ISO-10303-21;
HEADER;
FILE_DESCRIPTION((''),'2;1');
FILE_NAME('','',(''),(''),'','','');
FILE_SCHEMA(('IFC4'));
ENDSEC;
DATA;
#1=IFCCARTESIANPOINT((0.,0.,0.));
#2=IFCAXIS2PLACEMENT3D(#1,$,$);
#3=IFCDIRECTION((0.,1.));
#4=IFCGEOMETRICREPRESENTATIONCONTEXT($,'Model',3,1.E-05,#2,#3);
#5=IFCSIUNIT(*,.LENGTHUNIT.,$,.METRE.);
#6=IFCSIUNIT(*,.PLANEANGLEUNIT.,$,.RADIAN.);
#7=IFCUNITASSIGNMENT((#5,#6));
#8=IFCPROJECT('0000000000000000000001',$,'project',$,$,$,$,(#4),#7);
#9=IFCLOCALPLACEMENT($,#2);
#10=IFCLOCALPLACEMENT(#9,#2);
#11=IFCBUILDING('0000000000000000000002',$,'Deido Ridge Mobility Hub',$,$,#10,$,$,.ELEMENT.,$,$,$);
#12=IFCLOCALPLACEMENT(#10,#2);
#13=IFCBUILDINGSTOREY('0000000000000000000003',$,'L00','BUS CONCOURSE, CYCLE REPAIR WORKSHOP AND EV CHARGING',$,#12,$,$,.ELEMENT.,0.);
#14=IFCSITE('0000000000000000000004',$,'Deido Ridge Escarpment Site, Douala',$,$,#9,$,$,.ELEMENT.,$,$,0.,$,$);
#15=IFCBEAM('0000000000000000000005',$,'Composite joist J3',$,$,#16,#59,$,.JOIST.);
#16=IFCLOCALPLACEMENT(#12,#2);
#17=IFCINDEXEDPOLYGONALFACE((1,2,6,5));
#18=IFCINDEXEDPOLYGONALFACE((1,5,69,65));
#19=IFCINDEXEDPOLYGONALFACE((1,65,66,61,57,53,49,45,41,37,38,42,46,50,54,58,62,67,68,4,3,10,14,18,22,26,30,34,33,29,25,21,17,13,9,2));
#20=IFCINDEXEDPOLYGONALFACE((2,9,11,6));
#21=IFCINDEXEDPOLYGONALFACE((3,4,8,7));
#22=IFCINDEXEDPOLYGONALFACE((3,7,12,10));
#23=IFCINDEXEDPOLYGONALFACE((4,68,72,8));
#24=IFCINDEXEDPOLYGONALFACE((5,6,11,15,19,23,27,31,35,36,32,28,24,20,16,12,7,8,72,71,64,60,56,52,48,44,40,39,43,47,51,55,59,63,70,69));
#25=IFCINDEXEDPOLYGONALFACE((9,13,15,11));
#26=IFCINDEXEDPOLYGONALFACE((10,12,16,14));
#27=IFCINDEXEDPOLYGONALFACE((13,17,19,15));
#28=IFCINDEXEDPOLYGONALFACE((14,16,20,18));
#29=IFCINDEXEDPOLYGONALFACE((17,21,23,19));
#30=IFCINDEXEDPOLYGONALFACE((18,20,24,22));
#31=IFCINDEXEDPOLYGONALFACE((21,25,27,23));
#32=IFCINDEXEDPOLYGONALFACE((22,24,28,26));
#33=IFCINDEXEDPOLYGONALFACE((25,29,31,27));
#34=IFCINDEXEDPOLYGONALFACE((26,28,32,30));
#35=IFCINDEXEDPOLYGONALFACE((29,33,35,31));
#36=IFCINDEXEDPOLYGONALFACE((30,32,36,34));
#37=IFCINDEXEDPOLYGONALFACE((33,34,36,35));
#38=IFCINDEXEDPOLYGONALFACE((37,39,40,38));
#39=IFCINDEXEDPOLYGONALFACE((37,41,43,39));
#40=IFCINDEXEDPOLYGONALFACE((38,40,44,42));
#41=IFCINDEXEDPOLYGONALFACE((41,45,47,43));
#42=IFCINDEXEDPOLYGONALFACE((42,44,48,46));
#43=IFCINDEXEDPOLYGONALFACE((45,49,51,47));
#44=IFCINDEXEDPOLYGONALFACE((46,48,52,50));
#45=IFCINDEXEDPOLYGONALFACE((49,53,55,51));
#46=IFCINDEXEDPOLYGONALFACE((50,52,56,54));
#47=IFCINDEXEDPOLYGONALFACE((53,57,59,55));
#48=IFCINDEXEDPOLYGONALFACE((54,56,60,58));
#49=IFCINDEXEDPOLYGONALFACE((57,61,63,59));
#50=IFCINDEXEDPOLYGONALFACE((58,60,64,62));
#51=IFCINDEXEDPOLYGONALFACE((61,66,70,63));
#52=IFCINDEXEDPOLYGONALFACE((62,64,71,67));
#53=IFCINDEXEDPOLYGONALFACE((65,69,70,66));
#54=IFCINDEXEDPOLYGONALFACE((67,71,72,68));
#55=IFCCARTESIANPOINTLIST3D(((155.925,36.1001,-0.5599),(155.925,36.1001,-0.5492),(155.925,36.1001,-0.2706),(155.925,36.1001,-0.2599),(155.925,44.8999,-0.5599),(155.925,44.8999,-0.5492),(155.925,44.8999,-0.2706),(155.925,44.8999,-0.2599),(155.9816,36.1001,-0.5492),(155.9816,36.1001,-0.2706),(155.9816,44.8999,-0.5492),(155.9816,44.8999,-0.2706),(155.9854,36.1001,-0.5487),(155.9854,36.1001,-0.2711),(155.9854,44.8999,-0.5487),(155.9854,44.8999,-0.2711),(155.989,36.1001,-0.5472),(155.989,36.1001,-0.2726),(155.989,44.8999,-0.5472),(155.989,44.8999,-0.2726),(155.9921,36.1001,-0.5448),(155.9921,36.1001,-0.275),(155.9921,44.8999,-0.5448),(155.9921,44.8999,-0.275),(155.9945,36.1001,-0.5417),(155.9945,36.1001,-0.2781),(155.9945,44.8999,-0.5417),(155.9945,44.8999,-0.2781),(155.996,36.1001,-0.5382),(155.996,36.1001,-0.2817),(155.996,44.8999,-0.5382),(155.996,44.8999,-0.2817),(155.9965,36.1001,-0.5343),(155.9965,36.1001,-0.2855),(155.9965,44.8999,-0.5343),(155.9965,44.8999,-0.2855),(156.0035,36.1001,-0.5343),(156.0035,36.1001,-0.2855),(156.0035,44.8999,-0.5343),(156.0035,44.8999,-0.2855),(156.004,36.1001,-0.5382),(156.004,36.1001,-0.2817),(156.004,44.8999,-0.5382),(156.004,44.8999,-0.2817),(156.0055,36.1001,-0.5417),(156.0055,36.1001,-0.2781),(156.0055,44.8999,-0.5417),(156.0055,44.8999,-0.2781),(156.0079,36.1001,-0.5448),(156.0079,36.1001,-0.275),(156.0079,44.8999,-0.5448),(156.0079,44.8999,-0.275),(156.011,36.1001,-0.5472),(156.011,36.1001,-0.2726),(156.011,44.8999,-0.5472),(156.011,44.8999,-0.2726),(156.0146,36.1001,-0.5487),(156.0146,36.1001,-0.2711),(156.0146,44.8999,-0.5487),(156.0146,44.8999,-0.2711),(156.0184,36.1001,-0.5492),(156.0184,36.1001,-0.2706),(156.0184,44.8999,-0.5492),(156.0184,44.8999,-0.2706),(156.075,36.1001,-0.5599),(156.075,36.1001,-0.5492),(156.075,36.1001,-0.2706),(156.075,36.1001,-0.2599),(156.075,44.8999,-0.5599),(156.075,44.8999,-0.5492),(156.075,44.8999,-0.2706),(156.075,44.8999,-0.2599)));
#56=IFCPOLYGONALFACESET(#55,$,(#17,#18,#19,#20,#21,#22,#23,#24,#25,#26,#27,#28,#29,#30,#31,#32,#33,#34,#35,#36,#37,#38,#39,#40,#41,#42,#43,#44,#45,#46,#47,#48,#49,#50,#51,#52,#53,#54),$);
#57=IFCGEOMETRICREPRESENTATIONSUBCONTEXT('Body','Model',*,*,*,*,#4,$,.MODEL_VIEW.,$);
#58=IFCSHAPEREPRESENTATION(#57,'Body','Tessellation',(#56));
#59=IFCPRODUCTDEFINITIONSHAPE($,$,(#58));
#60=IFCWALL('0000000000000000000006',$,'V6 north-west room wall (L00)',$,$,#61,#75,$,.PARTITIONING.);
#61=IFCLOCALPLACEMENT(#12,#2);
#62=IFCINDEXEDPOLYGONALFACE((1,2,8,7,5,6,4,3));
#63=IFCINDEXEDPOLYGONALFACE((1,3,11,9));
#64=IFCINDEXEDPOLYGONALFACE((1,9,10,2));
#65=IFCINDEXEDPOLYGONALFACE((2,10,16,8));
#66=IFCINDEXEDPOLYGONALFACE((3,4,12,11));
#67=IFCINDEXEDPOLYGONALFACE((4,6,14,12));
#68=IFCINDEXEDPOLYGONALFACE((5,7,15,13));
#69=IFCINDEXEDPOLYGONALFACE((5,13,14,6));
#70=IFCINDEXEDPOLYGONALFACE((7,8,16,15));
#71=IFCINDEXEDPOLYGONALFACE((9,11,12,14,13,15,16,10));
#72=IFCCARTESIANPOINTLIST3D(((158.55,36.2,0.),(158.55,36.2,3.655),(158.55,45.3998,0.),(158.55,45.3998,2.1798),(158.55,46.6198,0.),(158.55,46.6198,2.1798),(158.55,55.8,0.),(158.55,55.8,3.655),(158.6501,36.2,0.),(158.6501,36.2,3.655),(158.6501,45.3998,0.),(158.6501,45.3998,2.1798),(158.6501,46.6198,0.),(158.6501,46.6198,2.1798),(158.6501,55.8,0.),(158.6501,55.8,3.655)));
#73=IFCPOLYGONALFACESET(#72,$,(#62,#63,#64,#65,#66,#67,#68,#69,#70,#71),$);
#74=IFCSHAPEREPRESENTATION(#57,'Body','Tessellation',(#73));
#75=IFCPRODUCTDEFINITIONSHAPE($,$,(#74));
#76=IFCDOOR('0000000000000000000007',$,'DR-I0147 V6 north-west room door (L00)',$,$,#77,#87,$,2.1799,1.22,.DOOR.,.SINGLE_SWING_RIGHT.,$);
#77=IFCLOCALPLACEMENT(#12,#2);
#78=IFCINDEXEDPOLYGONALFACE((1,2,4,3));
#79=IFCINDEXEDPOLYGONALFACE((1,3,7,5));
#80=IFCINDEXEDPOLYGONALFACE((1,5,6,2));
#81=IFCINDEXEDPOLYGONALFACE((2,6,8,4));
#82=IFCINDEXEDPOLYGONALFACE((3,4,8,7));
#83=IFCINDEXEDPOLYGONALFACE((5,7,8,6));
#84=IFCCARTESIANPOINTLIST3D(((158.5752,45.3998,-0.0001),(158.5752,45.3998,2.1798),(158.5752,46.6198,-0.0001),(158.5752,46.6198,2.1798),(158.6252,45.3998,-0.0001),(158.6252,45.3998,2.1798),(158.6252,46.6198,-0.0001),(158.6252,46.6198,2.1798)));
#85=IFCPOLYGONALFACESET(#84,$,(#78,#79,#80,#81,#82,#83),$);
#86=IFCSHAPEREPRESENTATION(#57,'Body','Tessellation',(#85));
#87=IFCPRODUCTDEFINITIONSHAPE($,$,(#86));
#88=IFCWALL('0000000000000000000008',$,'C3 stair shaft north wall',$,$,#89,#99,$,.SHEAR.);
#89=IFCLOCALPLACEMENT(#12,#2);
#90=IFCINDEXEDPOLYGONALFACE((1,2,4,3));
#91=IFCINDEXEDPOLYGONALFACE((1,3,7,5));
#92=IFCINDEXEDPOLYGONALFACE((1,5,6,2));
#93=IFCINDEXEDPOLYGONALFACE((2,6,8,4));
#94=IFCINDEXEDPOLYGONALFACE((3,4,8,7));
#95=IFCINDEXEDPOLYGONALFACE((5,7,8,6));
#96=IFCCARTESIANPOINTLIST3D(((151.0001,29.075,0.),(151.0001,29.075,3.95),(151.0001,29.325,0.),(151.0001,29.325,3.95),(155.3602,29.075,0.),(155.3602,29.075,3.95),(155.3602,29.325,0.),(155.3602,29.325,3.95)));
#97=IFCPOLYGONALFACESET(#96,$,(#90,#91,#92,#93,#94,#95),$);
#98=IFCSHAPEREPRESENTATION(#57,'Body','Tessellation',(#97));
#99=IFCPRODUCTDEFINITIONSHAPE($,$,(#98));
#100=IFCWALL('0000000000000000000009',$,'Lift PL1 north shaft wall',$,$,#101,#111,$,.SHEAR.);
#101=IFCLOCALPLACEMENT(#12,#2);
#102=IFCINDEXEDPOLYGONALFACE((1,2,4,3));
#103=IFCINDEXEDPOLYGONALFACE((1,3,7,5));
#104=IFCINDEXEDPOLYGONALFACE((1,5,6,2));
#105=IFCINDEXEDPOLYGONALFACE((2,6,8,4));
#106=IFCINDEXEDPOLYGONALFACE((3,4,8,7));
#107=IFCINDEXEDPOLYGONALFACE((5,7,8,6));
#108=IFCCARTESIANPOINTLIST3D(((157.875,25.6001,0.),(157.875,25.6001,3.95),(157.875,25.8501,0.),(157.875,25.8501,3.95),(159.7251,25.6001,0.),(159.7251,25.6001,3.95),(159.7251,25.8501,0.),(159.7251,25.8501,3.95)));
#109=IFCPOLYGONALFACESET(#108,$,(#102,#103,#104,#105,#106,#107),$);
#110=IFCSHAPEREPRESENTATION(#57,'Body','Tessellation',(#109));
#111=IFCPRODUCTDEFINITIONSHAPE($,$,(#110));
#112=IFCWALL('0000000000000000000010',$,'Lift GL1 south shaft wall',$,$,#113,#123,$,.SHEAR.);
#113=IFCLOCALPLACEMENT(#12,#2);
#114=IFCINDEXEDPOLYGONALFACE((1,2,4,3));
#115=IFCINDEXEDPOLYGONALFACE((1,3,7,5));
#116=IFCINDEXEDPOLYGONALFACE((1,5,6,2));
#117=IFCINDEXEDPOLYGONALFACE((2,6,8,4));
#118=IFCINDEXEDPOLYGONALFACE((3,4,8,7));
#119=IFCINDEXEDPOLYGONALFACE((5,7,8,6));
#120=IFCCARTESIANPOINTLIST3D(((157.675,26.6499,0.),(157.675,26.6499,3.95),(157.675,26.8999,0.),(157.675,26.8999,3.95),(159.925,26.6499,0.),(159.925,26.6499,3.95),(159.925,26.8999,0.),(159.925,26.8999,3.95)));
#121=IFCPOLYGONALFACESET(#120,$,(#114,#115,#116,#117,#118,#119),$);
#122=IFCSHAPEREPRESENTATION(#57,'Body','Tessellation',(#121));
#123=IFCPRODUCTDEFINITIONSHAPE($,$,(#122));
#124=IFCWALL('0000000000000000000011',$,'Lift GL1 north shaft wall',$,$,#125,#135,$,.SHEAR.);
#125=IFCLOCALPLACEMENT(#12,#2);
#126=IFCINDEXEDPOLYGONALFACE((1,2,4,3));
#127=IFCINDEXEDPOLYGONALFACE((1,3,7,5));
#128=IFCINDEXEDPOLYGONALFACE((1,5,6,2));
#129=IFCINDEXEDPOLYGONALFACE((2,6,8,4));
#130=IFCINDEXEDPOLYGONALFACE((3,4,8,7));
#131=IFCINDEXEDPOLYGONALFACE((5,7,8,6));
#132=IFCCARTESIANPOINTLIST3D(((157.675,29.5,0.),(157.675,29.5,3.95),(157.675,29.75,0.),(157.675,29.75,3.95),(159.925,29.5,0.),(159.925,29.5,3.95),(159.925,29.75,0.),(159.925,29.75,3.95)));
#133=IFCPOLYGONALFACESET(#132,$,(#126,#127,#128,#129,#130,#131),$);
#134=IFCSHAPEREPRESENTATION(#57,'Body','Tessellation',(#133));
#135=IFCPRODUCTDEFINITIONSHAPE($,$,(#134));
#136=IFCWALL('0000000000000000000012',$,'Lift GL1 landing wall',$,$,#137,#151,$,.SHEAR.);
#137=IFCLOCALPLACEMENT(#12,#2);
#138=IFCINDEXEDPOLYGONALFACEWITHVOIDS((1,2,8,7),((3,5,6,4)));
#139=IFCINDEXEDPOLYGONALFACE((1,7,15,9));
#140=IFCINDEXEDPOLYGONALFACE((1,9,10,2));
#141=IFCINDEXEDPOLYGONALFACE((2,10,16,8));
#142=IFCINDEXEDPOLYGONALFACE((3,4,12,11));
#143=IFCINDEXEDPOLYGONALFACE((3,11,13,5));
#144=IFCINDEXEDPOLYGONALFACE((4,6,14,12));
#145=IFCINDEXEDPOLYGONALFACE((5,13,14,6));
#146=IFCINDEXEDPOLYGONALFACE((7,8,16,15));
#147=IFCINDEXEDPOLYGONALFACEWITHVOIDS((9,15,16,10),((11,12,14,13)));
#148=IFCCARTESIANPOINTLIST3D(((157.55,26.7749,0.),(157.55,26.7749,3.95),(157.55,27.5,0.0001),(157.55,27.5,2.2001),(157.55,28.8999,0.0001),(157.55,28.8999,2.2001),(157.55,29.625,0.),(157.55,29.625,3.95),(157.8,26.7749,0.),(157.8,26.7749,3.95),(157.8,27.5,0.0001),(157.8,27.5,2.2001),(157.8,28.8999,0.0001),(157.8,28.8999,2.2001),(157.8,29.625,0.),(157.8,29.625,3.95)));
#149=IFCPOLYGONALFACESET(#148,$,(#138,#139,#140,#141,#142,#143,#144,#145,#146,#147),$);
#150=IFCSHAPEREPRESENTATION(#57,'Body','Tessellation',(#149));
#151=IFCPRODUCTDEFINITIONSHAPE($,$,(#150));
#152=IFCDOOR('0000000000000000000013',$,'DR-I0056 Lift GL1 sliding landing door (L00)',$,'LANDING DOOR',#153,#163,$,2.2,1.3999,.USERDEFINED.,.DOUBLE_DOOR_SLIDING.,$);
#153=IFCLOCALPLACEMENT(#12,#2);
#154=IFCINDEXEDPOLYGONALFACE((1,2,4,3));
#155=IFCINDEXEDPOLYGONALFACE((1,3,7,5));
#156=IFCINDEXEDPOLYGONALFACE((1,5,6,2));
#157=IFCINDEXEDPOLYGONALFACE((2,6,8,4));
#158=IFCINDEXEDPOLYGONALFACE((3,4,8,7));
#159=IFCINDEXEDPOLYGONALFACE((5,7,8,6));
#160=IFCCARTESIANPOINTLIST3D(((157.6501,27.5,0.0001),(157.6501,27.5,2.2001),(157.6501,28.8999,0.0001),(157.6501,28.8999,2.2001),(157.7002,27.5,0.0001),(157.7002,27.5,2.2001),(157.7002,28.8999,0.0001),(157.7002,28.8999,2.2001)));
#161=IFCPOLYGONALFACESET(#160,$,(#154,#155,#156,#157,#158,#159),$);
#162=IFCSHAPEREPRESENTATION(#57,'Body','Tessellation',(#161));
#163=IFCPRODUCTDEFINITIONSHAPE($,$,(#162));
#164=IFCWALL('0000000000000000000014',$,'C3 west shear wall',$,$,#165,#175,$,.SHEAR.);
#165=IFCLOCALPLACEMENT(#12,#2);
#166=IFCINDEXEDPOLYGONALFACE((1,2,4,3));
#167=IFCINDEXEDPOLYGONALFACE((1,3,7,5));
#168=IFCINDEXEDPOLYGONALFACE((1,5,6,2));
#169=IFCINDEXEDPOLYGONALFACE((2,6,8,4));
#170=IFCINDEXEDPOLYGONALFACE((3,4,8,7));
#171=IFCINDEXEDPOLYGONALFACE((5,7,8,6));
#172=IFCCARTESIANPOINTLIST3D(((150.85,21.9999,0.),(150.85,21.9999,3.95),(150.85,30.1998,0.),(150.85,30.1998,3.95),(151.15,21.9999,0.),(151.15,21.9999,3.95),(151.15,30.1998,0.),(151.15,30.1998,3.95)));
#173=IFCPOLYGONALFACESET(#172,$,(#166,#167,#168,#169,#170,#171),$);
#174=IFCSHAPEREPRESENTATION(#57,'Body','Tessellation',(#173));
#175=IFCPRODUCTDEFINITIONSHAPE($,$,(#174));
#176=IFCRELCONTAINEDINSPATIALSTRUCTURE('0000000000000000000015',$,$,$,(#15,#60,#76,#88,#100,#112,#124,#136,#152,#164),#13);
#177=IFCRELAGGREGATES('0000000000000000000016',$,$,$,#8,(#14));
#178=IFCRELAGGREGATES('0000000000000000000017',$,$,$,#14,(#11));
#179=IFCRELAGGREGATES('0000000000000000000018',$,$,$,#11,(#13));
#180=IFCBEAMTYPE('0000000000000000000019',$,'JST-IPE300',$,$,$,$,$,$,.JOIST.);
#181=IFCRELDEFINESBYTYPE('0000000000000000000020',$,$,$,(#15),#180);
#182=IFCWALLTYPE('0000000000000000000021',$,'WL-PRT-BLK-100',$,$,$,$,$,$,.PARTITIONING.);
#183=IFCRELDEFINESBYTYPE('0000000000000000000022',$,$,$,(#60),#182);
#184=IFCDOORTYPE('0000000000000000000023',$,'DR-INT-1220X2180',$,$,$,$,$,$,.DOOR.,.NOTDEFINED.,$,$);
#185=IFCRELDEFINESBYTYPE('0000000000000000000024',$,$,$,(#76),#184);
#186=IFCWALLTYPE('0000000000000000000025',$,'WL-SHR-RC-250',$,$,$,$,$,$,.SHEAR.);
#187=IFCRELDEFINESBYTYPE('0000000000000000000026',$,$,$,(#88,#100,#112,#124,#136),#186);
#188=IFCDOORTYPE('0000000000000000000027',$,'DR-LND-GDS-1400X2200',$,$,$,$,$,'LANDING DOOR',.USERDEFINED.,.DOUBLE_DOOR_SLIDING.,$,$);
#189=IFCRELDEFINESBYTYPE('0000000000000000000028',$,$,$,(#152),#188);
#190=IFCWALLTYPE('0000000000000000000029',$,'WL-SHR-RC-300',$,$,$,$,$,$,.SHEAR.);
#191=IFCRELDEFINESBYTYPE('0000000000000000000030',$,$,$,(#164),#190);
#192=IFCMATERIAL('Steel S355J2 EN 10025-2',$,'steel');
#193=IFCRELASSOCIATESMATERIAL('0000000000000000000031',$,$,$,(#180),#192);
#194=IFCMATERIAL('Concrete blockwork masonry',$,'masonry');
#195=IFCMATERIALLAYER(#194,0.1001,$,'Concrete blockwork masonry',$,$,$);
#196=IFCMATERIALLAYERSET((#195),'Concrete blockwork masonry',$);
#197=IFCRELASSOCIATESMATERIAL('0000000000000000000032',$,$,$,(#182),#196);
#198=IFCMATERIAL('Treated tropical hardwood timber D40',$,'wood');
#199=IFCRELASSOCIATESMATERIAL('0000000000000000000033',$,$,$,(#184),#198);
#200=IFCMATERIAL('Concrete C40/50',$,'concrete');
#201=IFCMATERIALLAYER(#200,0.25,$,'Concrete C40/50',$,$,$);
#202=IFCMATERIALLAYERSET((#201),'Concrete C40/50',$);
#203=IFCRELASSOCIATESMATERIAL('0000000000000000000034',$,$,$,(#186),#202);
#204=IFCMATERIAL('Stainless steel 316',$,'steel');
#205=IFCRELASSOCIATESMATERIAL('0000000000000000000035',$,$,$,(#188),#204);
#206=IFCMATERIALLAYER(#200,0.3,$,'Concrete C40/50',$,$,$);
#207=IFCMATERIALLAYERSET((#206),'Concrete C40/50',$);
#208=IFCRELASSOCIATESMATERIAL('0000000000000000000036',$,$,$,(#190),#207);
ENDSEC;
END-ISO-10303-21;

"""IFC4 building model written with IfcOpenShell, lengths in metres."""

from ifc_helpers import new_model, si_unit, direction, frame, frame_2d, origin, origin_2d, place, context, subcontext, project, spatial, rectangle, i_section, extrude, material, layer, layer_set, material_profile, profile_set, type_object, element, fill, save


model = new_model("IFC4")

# Units and contexts
model_context = context("Model", 3, precision=1e-05, world=origin(), true_north=direction((0.0, 1.0)))
body_context = subcontext(model_context, "Body", "Model", "MODEL_VIEW")
ifc_project = project(units=[si_unit("LENGTHUNIT", "METRE"), si_unit("PLANEANGLEUNIT", "RADIAN")], contexts=[model_context])

# Site, building, storey
site_placement = place(None, origin())
site = spatial("IfcSite", under=ifc_project, at=site_placement, Name="Deido Ridge Escarpment Site, Douala", CompositionType="ELEMENT", RefElevation=0.0)
building_placement = place(site_placement, origin())
building = spatial("IfcBuilding", under=site, at=building_placement, Name="Deido Ridge Mobility Hub", CompositionType="ELEMENT")
storey_placement = place(building_placement, origin())
storey = spatial("IfcBuildingStorey", under=building, at=storey_placement, Name="L00", Description="BUS CONCOURSE, CYCLE REPAIR WORKSHOP AND EV CHARGING", CompositionType="ELEMENT", Elevation=0.0)

# Shared definitions
ifc_material_1 = material(Name="Steel S355J2 EN 10025-2", Category="steel")

# Beam
ifc_material_profile_1 = material_profile(ifc_material_1, i_section(OverallWidth=0.1499, OverallDepth=0.3, WebThickness=0.0071, FlangeThickness=0.0107, FilletRadius=0.0149, at=origin_2d()), Name="IPE 300")
ifc_profile_set_1 = profile_set([ifc_material_profile_1], Name="Steel S355J2 EN 10025-2")
beam_type_1 = type_object("IfcBeamType", Name="JST-IPE300", PredefinedType="JOIST", material=ifc_profile_set_1)
beam_1_placement = place(storey_placement, frame((156.0, 36.1001, -0.4099), z_axis=(0.0, 1.0, 0.0), x_axis=(-1.0, 0.0, 0.0)))
element("IfcBeam", 1, at=beam_1_placement, inside=storey, type_object=beam_type_1, Name="Composite joist J3", PredefinedType="JOIST", context=body_context, shape_type="SweptSolid", body=[
    extrude(i_section(OverallWidth=0.1499, OverallDepth=0.3, WebThickness=0.0071, FlangeThickness=0.0107, FilletRadius=0.0149, at=origin_2d()), origin(), (0.0, 0.0, 1.0), 8.7998),
])

# Wall, opening, door
ifc_material_2 = material(Name="Concrete blockwork masonry", Category="masonry")
ifc_layer_1 = layer(ifc_material_2, 0.1001, Name="Concrete blockwork masonry")
ifc_layer_set_1 = layer_set([ifc_layer_1], Name="Concrete blockwork masonry")
wall_type_1 = type_object("IfcWallType", Name="WL-PRT-BLK-100", PredefinedType="PARTITIONING", material=ifc_layer_set_1)
wall_1_placement = place(storey_placement, frame((158.6001, 36.2, 0.0), z_axis=(0.0, 0.0, 1.0), x_axis=(0.0, 1.0, 0.0)))
wall_1 = element("IfcWall", 2, at=wall_1_placement, inside=storey, type_object=wall_type_1, Name="V6 north-west room wall (L00)", PredefinedType="PARTITIONING", context=body_context, shape_type="SweptSolid", body=[
    extrude(rectangle(XDim=19.6001, YDim=0.1001, at=frame_2d((9.8, 0.0))), origin(), (0.0, 0.0, 1.0), 3.655),
])
opening_1_placement = place(wall_1_placement, frame((9.2, 0.0, 0.0)))
opening_1 = element("IfcOpeningElement", 3, at=opening_1_placement, cuts=wall_1, PredefinedType="OPENING", context=body_context, shape_type="SweptSolid", body=[
    extrude(rectangle(XDim=1.22, YDim=2.1799, at=frame_2d((0.6099, 1.0898))), frame((0.0, 0.0601, 0.0), z_axis=(0.0, -1.0, 0.0), x_axis=(1.0, 0.0, 0.0)), (0.0, 0.0, 1.0), 0.1201),
])
ifc_material_3 = material(Name="Treated tropical hardwood timber D40", Category="wood")
door_type_1 = type_object("IfcDoorType", Name="DR-INT-1220X2180", OperationType="NOTDEFINED", PredefinedType="DOOR", material=ifc_material_3)
door_1_placement = place(opening_1_placement, origin())
door_1 = element("IfcDoor", 4, at=door_1_placement, inside=storey, type_object=door_type_1, Name="DR-I0147 V6 north-west room door (L00)", OperationType="SINGLE_SWING_RIGHT", OverallHeight=2.1799, OverallWidth=1.22, PredefinedType="DOOR", context=body_context, shape_type="SweptSolid", body=[
    extrude(rectangle(XDim=1.22, YDim=2.1799, at=frame_2d((0.6099, 1.0898))), frame((0.0, 0.0249, 0.0), z_axis=(0.0, -1.0, 0.0), x_axis=(1.0, 0.0, 0.0)), (0.0, 0.0, 1.0), 0.05),
])
fill(opening_1, door_1)

# Walls
ifc_material_4 = material(Name="Concrete C40/50", Category="concrete")
ifc_layer_2 = layer(ifc_material_4, 0.25, Name="Concrete C40/50")
ifc_layer_set_2 = layer_set([ifc_layer_2], Name="Concrete C40/50")
wall_type_2 = type_object("IfcWallType", Name="WL-SHR-RC-250", PredefinedType="SHEAR", material=ifc_layer_set_2)
wall_2_placement = place(storey_placement, frame((151.0, 29.2, 0.0), z_axis=(0.0, 0.0, 1.0), x_axis=(1.0, 0.0, 0.0)))
element("IfcWall", 5, at=wall_2_placement, inside=storey, type_object=wall_type_2, Name="C3 stair shaft north wall", PredefinedType="SHEAR", context=body_context, shape_type="SweptSolid", body=[
    extrude(rectangle(XDim=4.3601, YDim=0.25, at=frame_2d((2.1802, 0.0))), origin(), (0.0, 0.0, 1.0), 3.95),
])
wall_3_placement = place(storey_placement, frame((157.875, 25.7251, 0.0), z_axis=(0.0, 0.0, 1.0), x_axis=(1.0, 0.0, 0.0)))
element("IfcWall", 6, at=wall_3_placement, inside=storey, type_object=wall_type_2, Name="Lift PL1 north shaft wall", PredefinedType="SHEAR", context=body_context, shape_type="SweptSolid", body=[
    extrude(rectangle(XDim=1.8501, YDim=0.25, at=frame_2d((0.925, 0.0))), origin(), (0.0, 0.0, 1.0), 3.95),
])
for number, where, z_axis, x_axis, name in (
    (7, (157.675, 26.7749, 0.0), (0.0, 0.0, 1.0), (1.0, 0.0, 0.0), "Lift GL1 south shaft wall"),
    (8, (157.675, 29.625, 0.0), (0.0, 0.0, 1.0), (1.0, 0.0, 0.0), "Lift GL1 north shaft wall"),
):
    element("IfcWall", number, at=place(storey_placement, frame(where, z_axis=z_axis, x_axis=x_axis)), inside=storey, type_object=wall_type_2, Name=name, PredefinedType="SHEAR", context=body_context, shape_type="SweptSolid", body=[
        extrude(rectangle(XDim=2.25, YDim=0.25, at=frame_2d((1.125, 0.0))), origin(), (0.0, 0.0, 1.0), 3.95),
    ])

# Wall, opening, door
wall_4_placement = place(storey_placement, frame((157.675, 26.7749, 0.0), z_axis=(0.0, 0.0, 1.0), x_axis=(0.0, 1.0, 0.0)))
wall_4 = element("IfcWall", 9, at=wall_4_placement, inside=storey, type_object=wall_type_2, Name="Lift GL1 landing wall", PredefinedType="SHEAR", context=body_context, shape_type="SweptSolid", body=[
    extrude(rectangle(XDim=2.8501, YDim=0.25, at=frame_2d((1.425, 0.0))), origin(), (0.0, 0.0, 1.0), 3.95),
])
opening_2_placement = place(wall_4_placement, frame((0.7251, 0.0, 0.0)))
opening_2 = element("IfcOpeningElement", 10, at=opening_2_placement, cuts=wall_4, PredefinedType="OPENING", context=body_context, shape_type="SweptSolid", body=[
    extrude(rectangle(XDim=1.3999, YDim=2.2, at=frame_2d((0.7, 1.1001))), frame((0.0, 0.135, 0.0), z_axis=(0.0, -1.0, 0.0), x_axis=(1.0, 0.0, 0.0)), (0.0, 0.0, 1.0), 0.27),
])
ifc_material_5 = material(Name="Stainless steel 316", Category="steel")
door_type_2 = type_object("IfcDoorType", Name="DR-LND-GDS-1400X2200", ElementType="LANDING DOOR", OperationType="DOUBLE_DOOR_SLIDING", PredefinedType="USERDEFINED", material=ifc_material_5)
door_2_placement = place(opening_2_placement, origin())
door_2 = element("IfcDoor", 11, at=door_2_placement, inside=storey, type_object=door_type_2, Name="DR-I0056 Lift GL1 sliding landing door (L00)", ObjectType="LANDING DOOR", OperationType="DOUBLE_DOOR_SLIDING", OverallHeight=2.2, OverallWidth=1.3999, PredefinedType="USERDEFINED", context=body_context, shape_type="SweptSolid", body=[
    extrude(rectangle(XDim=1.3999, YDim=2.2, at=frame_2d((0.7, 1.1001))), frame((0.0, 0.0249, 0.0), z_axis=(0.0, -1.0, 0.0), x_axis=(1.0, 0.0, 0.0)), (0.0, 0.0, 1.0), 0.05),
])
fill(opening_2, door_2)

# Wall
ifc_layer_3 = layer(ifc_material_4, 0.3, Name="Concrete C40/50")
ifc_layer_set_3 = layer_set([ifc_layer_3], Name="Concrete C40/50")
wall_type_3 = type_object("IfcWallType", Name="WL-SHR-RC-300", PredefinedType="SHEAR", material=ifc_layer_set_3)
wall_5_placement = place(storey_placement, frame((151.0, 30.2, 0.0), z_axis=(0.0, 0.0, 1.0), x_axis=(0.0, -1.0, 0.0)))
element("IfcWall", 12, at=wall_5_placement, inside=storey, type_object=wall_type_3, Name="C3 west shear wall", PredefinedType="SHEAR", context=body_context, shape_type="SweptSolid", body=[
    extrude(rectangle(XDim=8.2, YDim=0.3, at=frame_2d((4.1001, 0.0))), origin(), (0.0, 0.0, 1.0), 3.95),
])

save(model, "model.ifc")
